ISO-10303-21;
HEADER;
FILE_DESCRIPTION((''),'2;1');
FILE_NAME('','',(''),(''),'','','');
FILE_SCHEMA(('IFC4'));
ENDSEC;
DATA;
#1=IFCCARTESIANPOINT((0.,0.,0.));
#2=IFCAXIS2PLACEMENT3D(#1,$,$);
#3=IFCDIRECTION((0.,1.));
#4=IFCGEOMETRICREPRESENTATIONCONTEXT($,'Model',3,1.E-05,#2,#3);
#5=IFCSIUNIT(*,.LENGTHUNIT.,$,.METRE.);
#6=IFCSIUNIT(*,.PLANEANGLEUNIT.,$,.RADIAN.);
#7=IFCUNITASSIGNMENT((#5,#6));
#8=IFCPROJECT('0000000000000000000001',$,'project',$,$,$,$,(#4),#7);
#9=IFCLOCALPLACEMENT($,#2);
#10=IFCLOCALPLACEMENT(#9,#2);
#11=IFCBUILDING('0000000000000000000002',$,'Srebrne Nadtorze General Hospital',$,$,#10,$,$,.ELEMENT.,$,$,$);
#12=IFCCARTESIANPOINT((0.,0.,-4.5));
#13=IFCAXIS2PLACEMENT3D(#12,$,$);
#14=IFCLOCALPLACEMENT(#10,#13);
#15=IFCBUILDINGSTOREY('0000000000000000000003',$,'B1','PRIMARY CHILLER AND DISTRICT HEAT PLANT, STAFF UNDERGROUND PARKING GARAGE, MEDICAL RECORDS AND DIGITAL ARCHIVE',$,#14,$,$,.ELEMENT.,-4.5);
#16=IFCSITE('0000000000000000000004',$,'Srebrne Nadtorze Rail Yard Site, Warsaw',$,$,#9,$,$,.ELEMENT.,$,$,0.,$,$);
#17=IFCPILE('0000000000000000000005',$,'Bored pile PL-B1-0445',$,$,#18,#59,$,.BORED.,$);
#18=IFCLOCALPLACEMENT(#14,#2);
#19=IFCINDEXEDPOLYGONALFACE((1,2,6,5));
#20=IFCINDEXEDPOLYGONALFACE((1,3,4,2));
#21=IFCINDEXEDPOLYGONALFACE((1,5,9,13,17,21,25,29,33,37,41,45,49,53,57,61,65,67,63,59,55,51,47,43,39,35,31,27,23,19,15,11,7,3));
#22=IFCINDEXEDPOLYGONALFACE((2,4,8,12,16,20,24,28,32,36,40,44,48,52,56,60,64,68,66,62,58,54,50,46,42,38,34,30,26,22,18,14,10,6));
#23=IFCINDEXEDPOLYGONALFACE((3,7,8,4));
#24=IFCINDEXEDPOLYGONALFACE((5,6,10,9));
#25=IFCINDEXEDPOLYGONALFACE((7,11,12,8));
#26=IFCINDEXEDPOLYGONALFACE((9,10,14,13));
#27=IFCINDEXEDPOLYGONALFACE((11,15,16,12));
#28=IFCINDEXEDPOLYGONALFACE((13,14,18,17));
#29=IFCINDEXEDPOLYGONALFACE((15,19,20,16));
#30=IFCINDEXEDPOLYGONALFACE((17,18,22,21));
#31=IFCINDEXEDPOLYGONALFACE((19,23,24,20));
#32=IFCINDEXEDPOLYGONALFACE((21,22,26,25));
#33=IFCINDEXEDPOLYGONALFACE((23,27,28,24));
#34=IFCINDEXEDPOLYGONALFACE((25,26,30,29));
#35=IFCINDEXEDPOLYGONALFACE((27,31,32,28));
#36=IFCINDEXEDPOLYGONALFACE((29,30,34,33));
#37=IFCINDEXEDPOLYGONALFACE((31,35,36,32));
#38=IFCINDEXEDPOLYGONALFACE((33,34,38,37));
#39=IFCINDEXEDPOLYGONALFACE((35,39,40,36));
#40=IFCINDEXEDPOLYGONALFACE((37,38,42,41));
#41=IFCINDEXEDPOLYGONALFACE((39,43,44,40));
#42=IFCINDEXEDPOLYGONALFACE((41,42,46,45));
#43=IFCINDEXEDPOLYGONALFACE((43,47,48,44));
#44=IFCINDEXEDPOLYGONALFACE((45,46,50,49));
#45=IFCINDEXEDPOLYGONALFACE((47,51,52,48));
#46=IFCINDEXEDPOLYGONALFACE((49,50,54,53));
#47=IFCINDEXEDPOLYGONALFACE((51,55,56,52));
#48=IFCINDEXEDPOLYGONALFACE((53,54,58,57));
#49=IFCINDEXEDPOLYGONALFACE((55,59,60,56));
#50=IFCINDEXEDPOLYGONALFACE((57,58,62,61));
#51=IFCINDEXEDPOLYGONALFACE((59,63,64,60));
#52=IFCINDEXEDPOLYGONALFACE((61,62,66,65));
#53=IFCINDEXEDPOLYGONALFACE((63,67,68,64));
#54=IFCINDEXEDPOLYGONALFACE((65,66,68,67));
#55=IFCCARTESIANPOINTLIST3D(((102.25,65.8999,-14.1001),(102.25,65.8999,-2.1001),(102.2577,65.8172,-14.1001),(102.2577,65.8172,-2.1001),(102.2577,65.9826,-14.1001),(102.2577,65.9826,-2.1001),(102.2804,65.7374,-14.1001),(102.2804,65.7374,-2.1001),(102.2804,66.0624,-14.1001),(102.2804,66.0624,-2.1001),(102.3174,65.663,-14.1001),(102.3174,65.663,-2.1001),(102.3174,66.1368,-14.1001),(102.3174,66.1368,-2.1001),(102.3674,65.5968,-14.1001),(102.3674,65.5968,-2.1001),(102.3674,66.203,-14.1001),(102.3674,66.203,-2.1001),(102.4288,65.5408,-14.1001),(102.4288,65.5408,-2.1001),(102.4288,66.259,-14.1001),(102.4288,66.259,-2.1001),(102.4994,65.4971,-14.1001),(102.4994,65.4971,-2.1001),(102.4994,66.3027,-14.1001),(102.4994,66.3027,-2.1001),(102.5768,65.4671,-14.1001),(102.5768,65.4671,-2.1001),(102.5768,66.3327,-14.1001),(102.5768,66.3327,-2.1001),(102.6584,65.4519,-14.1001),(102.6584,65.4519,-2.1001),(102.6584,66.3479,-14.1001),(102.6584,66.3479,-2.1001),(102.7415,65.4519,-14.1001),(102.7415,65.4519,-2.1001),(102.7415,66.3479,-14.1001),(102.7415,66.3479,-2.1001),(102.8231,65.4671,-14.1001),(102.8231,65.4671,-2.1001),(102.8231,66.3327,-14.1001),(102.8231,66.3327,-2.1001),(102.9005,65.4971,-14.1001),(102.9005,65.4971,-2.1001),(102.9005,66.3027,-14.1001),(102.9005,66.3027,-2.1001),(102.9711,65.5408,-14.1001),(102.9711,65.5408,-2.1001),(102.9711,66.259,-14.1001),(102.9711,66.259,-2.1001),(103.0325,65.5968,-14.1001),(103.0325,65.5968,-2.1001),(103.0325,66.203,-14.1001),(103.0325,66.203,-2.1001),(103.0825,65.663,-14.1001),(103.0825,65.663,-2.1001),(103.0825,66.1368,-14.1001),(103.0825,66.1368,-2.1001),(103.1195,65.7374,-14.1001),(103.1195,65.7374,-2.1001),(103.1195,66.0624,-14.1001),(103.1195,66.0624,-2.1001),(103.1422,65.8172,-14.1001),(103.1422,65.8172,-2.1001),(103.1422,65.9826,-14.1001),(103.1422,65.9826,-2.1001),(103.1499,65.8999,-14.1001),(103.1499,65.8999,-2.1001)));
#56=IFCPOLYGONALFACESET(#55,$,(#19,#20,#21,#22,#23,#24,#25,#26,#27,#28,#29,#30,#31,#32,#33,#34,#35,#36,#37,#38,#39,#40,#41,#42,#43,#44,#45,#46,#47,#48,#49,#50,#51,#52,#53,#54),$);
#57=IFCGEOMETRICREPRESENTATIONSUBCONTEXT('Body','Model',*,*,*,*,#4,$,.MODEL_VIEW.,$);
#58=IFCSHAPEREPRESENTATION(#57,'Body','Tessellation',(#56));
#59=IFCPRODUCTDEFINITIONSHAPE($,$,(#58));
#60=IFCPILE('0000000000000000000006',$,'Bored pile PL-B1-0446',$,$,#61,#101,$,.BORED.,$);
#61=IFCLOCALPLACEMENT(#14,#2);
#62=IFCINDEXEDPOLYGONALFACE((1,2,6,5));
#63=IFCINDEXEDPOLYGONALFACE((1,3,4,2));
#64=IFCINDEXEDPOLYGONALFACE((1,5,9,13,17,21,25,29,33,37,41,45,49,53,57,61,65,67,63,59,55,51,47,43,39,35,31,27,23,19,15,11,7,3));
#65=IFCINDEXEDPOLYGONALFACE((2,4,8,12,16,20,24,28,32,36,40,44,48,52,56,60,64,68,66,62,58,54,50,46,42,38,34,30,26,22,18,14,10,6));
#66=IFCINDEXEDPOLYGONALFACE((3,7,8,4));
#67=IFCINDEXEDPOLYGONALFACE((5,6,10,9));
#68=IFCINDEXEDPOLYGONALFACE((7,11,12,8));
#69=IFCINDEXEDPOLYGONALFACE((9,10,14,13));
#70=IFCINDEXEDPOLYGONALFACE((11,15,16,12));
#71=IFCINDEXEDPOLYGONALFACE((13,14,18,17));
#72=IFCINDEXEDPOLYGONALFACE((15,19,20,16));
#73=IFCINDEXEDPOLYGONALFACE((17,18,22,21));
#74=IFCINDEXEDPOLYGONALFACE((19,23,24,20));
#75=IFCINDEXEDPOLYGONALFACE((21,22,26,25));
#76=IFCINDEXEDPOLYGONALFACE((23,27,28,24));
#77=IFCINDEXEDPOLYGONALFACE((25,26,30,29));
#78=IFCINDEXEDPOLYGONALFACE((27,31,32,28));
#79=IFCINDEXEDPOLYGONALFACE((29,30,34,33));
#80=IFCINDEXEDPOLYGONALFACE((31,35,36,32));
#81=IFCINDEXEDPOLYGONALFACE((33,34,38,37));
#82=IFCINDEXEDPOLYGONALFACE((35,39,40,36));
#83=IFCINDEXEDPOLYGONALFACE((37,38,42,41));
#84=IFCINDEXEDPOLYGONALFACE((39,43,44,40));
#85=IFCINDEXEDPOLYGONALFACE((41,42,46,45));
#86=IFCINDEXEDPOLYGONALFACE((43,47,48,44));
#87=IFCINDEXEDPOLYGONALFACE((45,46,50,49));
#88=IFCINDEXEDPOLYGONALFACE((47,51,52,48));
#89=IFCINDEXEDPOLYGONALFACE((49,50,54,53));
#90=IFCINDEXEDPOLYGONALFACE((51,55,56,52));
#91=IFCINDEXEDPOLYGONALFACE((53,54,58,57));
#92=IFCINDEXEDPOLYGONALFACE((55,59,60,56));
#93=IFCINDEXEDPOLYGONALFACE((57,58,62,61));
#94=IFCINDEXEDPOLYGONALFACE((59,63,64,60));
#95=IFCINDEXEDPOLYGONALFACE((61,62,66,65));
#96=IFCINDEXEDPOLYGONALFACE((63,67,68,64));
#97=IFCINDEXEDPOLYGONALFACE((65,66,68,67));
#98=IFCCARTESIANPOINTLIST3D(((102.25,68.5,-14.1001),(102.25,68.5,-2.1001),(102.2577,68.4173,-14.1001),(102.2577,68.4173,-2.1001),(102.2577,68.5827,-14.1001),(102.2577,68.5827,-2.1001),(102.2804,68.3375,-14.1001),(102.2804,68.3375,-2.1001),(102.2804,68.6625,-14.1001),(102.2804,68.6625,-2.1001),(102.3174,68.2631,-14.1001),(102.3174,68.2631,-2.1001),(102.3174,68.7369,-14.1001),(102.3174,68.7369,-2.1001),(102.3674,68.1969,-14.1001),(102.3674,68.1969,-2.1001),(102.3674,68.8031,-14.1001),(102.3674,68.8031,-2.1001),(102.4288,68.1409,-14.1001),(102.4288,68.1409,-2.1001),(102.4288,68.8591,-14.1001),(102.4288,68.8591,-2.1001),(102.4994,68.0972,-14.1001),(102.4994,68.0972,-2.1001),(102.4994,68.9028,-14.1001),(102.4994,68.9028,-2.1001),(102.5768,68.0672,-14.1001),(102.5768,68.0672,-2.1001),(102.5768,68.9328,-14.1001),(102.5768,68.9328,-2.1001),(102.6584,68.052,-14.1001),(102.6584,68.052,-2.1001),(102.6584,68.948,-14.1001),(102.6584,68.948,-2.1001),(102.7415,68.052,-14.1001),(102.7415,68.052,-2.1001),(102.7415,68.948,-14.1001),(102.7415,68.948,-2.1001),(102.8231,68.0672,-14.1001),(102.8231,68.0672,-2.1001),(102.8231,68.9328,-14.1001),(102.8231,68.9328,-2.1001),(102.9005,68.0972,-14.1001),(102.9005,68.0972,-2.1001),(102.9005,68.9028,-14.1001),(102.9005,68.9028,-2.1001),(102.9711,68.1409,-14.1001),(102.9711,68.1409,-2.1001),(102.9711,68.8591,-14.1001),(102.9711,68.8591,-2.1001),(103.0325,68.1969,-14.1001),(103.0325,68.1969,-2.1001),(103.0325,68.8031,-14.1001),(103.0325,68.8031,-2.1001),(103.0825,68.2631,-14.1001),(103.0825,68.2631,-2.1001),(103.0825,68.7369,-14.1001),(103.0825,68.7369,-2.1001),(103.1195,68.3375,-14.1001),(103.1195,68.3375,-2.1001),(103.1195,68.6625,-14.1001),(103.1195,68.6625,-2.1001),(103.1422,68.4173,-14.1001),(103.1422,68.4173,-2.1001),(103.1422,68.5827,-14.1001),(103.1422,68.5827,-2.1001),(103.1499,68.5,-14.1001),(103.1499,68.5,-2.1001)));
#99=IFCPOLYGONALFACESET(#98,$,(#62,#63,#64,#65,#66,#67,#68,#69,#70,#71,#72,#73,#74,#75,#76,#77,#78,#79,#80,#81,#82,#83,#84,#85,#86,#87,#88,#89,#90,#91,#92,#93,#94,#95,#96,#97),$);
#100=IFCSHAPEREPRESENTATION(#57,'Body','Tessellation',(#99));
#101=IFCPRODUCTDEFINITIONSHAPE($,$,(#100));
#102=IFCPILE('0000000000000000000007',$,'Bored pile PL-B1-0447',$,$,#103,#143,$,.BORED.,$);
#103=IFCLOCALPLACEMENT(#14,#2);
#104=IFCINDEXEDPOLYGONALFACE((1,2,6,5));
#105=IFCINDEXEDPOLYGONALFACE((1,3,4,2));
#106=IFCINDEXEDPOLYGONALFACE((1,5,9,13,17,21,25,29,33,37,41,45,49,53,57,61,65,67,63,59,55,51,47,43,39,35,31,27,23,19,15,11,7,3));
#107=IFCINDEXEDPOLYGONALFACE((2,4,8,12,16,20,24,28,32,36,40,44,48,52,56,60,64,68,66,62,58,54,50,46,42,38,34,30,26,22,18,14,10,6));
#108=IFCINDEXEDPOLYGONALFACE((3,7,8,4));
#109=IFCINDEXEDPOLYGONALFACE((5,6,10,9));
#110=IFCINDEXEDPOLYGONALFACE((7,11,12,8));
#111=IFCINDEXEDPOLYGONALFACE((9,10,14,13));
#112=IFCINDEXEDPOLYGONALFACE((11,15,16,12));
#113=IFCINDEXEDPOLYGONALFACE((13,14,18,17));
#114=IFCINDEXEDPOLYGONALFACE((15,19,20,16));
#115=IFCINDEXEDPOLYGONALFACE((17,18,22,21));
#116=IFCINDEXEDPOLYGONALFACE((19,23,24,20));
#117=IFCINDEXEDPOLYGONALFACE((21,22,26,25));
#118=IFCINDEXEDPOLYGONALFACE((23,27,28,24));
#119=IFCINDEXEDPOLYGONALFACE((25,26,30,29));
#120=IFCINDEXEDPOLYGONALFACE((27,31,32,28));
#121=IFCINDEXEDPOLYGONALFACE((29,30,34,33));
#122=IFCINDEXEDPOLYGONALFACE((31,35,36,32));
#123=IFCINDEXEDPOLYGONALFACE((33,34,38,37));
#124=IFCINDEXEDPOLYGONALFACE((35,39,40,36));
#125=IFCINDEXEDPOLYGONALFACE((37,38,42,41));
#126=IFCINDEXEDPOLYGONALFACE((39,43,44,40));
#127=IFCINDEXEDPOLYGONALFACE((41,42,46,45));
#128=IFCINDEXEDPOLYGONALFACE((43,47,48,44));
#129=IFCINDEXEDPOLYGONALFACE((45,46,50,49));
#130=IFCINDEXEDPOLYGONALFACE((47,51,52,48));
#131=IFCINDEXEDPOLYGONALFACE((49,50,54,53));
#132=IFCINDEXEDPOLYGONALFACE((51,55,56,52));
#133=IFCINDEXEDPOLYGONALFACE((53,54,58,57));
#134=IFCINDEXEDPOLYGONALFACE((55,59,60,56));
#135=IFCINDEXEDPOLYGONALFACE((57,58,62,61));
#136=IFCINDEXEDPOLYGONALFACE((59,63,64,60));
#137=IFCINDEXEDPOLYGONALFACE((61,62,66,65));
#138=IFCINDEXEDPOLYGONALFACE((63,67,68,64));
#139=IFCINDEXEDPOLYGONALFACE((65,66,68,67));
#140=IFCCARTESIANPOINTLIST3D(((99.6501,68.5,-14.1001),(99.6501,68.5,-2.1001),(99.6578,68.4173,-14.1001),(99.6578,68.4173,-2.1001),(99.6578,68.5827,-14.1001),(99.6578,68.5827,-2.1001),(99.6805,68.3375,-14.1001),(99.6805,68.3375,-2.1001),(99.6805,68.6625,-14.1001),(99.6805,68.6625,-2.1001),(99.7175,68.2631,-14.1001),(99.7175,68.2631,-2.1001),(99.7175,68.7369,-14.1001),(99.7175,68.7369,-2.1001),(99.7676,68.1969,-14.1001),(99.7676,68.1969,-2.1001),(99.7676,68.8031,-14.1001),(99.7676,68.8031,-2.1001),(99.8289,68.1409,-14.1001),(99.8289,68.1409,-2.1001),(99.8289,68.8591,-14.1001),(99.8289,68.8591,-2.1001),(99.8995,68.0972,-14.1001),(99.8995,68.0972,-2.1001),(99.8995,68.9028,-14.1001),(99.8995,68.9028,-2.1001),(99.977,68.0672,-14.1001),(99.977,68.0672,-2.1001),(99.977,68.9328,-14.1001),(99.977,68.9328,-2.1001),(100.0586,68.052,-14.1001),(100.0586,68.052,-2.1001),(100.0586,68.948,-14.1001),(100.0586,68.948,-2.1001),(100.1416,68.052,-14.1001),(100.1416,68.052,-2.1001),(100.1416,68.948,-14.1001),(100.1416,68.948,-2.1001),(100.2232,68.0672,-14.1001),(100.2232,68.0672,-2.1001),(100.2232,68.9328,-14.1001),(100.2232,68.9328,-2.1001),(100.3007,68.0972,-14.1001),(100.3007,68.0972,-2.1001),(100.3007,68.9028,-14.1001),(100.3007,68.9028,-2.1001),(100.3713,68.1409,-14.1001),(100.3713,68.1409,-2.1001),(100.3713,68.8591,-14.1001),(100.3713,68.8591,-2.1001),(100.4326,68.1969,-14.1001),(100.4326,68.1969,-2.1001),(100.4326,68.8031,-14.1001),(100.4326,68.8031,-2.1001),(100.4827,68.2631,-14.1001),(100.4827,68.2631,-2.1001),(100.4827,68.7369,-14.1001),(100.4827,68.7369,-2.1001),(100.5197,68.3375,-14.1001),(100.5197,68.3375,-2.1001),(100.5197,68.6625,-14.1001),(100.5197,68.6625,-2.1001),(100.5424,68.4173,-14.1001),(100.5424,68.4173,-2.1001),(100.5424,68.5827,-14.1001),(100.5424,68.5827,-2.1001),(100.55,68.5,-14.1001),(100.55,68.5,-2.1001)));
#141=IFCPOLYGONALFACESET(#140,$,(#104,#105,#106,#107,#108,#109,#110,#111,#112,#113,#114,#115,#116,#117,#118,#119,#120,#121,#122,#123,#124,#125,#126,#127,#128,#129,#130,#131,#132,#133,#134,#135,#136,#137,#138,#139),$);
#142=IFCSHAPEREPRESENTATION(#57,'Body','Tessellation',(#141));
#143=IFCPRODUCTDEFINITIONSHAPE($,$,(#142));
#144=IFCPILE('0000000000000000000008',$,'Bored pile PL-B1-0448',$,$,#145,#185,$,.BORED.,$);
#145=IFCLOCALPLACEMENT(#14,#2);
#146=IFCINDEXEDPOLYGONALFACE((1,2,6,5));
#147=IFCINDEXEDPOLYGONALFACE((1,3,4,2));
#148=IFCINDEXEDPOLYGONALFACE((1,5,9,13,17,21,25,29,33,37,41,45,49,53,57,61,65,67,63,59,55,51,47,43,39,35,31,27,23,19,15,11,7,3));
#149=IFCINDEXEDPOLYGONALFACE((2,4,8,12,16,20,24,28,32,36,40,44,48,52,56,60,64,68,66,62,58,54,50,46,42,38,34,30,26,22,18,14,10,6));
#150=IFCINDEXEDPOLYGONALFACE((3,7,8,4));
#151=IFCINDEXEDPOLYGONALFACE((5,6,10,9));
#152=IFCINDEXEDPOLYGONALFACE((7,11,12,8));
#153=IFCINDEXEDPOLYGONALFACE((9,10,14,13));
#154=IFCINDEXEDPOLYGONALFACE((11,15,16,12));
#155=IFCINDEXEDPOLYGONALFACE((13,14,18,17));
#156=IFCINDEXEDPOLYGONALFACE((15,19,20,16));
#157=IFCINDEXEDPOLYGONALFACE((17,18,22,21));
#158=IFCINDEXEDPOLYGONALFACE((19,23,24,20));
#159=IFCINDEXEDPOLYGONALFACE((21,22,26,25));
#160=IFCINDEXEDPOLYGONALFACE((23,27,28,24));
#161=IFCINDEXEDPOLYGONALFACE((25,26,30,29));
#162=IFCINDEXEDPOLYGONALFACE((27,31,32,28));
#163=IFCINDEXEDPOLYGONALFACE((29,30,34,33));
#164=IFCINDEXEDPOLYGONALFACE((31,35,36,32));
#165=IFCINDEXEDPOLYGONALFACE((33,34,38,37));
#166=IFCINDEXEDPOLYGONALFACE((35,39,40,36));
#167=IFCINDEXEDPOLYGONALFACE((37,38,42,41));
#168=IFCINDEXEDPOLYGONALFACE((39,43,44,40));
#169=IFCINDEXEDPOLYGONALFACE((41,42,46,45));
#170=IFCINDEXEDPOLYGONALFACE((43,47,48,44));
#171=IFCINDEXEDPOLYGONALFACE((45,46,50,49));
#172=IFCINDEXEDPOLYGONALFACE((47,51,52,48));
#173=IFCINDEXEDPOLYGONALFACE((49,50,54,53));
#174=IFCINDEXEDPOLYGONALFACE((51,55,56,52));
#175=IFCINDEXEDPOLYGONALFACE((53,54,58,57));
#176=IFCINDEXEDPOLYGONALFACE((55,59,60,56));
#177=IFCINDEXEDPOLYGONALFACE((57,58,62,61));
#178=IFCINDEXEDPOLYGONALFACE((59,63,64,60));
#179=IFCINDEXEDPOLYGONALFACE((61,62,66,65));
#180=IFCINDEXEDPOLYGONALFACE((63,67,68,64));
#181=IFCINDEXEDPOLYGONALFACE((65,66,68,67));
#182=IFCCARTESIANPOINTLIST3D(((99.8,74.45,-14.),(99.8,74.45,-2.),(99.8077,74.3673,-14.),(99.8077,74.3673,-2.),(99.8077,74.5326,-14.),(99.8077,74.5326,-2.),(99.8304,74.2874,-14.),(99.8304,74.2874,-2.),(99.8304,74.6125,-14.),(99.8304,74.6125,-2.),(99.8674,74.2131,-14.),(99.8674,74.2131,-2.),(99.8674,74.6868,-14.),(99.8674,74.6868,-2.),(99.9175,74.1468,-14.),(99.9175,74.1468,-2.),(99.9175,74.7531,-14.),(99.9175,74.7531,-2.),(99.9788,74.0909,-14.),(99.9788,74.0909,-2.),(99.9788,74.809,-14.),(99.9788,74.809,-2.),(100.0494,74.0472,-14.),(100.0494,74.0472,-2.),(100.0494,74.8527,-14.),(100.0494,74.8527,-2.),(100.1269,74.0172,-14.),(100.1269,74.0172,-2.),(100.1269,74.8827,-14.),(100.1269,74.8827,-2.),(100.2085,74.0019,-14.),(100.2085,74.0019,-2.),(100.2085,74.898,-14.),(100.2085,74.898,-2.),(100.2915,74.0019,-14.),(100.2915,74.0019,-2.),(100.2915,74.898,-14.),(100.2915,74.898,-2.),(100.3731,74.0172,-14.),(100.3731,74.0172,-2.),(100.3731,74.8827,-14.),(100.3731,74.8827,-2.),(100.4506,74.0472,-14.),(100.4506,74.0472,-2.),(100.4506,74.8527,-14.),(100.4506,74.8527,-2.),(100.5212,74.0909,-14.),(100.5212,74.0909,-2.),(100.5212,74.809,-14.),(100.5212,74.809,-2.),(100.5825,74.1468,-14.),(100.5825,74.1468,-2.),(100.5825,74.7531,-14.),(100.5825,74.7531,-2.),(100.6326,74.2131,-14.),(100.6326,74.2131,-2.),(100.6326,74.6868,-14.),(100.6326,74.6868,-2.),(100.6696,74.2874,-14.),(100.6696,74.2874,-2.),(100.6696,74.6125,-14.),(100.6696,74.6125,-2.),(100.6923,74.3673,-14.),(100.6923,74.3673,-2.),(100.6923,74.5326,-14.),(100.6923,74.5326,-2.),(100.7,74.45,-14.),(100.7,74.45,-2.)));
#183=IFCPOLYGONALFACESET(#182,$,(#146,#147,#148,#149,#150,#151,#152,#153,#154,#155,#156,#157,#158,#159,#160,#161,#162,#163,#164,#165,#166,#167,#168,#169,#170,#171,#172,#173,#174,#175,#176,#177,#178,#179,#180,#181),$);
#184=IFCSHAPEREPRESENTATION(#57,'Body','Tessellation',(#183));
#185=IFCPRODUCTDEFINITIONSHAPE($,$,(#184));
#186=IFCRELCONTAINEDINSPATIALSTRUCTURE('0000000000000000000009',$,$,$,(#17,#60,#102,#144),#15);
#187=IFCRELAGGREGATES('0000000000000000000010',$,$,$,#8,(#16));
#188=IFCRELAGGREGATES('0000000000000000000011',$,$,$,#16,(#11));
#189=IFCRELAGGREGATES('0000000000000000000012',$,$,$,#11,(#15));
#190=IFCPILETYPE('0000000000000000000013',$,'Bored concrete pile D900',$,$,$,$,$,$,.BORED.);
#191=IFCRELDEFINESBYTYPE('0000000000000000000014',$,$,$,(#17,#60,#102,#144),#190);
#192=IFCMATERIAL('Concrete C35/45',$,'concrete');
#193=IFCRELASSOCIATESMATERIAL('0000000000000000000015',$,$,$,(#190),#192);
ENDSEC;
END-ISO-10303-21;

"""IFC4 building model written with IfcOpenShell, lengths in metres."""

from ifc_helpers import new_model, si_unit, direction, frame, origin, origin_2d, place, context, subcontext, project, spatial, circle, extrude, material, material_profile, profile_set, type_object, element, save


model = new_model("IFC4")

# Units and contexts
model_context = context("Model", 3, precision=1e-05, world=origin(), true_north=direction((0.0, 1.0)))
body_context = subcontext(model_context, "Body", "Model", "MODEL_VIEW")
ifc_project = project(units=[si_unit("LENGTHUNIT", "METRE"), si_unit("PLANEANGLEUNIT", "RADIAN")], contexts=[model_context])

# Site, building, storey
site_placement = place(None, origin())
site = spatial("IfcSite", under=ifc_project, at=site_placement, Name="Srebrne Nadtorze Rail Yard Site, Warsaw", CompositionType="ELEMENT", RefElevation=0.0)
building_placement = place(site_placement, origin())
building = spatial("IfcBuilding", under=site, at=building_placement, Name="Srebrne Nadtorze General Hospital", CompositionType="ELEMENT")
storey_placement = place(building_placement, frame((0.0, 0.0, -4.5)))
storey = spatial("IfcBuildingStorey", under=building, at=storey_placement, Name="B1", Description="PRIMARY CHILLER AND DISTRICT HEAT PLANT, STAFF UNDERGROUND PARKING GARAGE, MEDICAL RECORDS AND DIGITAL ARCHIVE", CompositionType="ELEMENT", Elevation=-4.5)

# Piles
ifc_material_1 = material(Name="Concrete C35/45", Category="concrete")
ifc_material_profile_1 = material_profile(ifc_material_1, circle(Radius=0.45, at=origin_2d()), Name="PILE-D900")
ifc_profile_set_1 = profile_set([ifc_material_profile_1], Name="Concrete C35/45")
pile_type_1 = type_object("IfcPileType", Name="Bored concrete pile D900", PredefinedType="BORED", material=ifc_profile_set_1)
for number, where, z_axis, x_axis, name in (
    (1, (102.7, 65.8999, -2.1001), (0.0, 0.0, -1.0), (1.0, 0.0, 0.0), "Bored pile PL-B1-0445"),
    (2, (102.7, 68.5, -2.1001), (0.0, 0.0, -1.0), (1.0, 0.0, 0.0), "Bored pile PL-B1-0446"),
    (3, (100.1001, 68.5, -2.1001), (0.0, 0.0, -1.0), (1.0, 0.0, 0.0), "Bored pile PL-B1-0447"),
    (4, (100.25, 74.45, -2.0), (0.0, 0.0, -1.0), (1.0, 0.0, 0.0), "Bored pile PL-B1-0448"),
):
    element("IfcPile", number, at=place(storey_placement, frame(where, z_axis=z_axis, x_axis=x_axis)), inside=storey, type_object=pile_type_1, Name=name, PredefinedType="BORED", context=body_context, shape_type="SweptSolid", body=[
        extrude(circle(Radius=0.45, at=origin_2d()), origin(), (0.0, 0.0, 1.0), 12.0),
    ])

save(model, "model.ifc")
